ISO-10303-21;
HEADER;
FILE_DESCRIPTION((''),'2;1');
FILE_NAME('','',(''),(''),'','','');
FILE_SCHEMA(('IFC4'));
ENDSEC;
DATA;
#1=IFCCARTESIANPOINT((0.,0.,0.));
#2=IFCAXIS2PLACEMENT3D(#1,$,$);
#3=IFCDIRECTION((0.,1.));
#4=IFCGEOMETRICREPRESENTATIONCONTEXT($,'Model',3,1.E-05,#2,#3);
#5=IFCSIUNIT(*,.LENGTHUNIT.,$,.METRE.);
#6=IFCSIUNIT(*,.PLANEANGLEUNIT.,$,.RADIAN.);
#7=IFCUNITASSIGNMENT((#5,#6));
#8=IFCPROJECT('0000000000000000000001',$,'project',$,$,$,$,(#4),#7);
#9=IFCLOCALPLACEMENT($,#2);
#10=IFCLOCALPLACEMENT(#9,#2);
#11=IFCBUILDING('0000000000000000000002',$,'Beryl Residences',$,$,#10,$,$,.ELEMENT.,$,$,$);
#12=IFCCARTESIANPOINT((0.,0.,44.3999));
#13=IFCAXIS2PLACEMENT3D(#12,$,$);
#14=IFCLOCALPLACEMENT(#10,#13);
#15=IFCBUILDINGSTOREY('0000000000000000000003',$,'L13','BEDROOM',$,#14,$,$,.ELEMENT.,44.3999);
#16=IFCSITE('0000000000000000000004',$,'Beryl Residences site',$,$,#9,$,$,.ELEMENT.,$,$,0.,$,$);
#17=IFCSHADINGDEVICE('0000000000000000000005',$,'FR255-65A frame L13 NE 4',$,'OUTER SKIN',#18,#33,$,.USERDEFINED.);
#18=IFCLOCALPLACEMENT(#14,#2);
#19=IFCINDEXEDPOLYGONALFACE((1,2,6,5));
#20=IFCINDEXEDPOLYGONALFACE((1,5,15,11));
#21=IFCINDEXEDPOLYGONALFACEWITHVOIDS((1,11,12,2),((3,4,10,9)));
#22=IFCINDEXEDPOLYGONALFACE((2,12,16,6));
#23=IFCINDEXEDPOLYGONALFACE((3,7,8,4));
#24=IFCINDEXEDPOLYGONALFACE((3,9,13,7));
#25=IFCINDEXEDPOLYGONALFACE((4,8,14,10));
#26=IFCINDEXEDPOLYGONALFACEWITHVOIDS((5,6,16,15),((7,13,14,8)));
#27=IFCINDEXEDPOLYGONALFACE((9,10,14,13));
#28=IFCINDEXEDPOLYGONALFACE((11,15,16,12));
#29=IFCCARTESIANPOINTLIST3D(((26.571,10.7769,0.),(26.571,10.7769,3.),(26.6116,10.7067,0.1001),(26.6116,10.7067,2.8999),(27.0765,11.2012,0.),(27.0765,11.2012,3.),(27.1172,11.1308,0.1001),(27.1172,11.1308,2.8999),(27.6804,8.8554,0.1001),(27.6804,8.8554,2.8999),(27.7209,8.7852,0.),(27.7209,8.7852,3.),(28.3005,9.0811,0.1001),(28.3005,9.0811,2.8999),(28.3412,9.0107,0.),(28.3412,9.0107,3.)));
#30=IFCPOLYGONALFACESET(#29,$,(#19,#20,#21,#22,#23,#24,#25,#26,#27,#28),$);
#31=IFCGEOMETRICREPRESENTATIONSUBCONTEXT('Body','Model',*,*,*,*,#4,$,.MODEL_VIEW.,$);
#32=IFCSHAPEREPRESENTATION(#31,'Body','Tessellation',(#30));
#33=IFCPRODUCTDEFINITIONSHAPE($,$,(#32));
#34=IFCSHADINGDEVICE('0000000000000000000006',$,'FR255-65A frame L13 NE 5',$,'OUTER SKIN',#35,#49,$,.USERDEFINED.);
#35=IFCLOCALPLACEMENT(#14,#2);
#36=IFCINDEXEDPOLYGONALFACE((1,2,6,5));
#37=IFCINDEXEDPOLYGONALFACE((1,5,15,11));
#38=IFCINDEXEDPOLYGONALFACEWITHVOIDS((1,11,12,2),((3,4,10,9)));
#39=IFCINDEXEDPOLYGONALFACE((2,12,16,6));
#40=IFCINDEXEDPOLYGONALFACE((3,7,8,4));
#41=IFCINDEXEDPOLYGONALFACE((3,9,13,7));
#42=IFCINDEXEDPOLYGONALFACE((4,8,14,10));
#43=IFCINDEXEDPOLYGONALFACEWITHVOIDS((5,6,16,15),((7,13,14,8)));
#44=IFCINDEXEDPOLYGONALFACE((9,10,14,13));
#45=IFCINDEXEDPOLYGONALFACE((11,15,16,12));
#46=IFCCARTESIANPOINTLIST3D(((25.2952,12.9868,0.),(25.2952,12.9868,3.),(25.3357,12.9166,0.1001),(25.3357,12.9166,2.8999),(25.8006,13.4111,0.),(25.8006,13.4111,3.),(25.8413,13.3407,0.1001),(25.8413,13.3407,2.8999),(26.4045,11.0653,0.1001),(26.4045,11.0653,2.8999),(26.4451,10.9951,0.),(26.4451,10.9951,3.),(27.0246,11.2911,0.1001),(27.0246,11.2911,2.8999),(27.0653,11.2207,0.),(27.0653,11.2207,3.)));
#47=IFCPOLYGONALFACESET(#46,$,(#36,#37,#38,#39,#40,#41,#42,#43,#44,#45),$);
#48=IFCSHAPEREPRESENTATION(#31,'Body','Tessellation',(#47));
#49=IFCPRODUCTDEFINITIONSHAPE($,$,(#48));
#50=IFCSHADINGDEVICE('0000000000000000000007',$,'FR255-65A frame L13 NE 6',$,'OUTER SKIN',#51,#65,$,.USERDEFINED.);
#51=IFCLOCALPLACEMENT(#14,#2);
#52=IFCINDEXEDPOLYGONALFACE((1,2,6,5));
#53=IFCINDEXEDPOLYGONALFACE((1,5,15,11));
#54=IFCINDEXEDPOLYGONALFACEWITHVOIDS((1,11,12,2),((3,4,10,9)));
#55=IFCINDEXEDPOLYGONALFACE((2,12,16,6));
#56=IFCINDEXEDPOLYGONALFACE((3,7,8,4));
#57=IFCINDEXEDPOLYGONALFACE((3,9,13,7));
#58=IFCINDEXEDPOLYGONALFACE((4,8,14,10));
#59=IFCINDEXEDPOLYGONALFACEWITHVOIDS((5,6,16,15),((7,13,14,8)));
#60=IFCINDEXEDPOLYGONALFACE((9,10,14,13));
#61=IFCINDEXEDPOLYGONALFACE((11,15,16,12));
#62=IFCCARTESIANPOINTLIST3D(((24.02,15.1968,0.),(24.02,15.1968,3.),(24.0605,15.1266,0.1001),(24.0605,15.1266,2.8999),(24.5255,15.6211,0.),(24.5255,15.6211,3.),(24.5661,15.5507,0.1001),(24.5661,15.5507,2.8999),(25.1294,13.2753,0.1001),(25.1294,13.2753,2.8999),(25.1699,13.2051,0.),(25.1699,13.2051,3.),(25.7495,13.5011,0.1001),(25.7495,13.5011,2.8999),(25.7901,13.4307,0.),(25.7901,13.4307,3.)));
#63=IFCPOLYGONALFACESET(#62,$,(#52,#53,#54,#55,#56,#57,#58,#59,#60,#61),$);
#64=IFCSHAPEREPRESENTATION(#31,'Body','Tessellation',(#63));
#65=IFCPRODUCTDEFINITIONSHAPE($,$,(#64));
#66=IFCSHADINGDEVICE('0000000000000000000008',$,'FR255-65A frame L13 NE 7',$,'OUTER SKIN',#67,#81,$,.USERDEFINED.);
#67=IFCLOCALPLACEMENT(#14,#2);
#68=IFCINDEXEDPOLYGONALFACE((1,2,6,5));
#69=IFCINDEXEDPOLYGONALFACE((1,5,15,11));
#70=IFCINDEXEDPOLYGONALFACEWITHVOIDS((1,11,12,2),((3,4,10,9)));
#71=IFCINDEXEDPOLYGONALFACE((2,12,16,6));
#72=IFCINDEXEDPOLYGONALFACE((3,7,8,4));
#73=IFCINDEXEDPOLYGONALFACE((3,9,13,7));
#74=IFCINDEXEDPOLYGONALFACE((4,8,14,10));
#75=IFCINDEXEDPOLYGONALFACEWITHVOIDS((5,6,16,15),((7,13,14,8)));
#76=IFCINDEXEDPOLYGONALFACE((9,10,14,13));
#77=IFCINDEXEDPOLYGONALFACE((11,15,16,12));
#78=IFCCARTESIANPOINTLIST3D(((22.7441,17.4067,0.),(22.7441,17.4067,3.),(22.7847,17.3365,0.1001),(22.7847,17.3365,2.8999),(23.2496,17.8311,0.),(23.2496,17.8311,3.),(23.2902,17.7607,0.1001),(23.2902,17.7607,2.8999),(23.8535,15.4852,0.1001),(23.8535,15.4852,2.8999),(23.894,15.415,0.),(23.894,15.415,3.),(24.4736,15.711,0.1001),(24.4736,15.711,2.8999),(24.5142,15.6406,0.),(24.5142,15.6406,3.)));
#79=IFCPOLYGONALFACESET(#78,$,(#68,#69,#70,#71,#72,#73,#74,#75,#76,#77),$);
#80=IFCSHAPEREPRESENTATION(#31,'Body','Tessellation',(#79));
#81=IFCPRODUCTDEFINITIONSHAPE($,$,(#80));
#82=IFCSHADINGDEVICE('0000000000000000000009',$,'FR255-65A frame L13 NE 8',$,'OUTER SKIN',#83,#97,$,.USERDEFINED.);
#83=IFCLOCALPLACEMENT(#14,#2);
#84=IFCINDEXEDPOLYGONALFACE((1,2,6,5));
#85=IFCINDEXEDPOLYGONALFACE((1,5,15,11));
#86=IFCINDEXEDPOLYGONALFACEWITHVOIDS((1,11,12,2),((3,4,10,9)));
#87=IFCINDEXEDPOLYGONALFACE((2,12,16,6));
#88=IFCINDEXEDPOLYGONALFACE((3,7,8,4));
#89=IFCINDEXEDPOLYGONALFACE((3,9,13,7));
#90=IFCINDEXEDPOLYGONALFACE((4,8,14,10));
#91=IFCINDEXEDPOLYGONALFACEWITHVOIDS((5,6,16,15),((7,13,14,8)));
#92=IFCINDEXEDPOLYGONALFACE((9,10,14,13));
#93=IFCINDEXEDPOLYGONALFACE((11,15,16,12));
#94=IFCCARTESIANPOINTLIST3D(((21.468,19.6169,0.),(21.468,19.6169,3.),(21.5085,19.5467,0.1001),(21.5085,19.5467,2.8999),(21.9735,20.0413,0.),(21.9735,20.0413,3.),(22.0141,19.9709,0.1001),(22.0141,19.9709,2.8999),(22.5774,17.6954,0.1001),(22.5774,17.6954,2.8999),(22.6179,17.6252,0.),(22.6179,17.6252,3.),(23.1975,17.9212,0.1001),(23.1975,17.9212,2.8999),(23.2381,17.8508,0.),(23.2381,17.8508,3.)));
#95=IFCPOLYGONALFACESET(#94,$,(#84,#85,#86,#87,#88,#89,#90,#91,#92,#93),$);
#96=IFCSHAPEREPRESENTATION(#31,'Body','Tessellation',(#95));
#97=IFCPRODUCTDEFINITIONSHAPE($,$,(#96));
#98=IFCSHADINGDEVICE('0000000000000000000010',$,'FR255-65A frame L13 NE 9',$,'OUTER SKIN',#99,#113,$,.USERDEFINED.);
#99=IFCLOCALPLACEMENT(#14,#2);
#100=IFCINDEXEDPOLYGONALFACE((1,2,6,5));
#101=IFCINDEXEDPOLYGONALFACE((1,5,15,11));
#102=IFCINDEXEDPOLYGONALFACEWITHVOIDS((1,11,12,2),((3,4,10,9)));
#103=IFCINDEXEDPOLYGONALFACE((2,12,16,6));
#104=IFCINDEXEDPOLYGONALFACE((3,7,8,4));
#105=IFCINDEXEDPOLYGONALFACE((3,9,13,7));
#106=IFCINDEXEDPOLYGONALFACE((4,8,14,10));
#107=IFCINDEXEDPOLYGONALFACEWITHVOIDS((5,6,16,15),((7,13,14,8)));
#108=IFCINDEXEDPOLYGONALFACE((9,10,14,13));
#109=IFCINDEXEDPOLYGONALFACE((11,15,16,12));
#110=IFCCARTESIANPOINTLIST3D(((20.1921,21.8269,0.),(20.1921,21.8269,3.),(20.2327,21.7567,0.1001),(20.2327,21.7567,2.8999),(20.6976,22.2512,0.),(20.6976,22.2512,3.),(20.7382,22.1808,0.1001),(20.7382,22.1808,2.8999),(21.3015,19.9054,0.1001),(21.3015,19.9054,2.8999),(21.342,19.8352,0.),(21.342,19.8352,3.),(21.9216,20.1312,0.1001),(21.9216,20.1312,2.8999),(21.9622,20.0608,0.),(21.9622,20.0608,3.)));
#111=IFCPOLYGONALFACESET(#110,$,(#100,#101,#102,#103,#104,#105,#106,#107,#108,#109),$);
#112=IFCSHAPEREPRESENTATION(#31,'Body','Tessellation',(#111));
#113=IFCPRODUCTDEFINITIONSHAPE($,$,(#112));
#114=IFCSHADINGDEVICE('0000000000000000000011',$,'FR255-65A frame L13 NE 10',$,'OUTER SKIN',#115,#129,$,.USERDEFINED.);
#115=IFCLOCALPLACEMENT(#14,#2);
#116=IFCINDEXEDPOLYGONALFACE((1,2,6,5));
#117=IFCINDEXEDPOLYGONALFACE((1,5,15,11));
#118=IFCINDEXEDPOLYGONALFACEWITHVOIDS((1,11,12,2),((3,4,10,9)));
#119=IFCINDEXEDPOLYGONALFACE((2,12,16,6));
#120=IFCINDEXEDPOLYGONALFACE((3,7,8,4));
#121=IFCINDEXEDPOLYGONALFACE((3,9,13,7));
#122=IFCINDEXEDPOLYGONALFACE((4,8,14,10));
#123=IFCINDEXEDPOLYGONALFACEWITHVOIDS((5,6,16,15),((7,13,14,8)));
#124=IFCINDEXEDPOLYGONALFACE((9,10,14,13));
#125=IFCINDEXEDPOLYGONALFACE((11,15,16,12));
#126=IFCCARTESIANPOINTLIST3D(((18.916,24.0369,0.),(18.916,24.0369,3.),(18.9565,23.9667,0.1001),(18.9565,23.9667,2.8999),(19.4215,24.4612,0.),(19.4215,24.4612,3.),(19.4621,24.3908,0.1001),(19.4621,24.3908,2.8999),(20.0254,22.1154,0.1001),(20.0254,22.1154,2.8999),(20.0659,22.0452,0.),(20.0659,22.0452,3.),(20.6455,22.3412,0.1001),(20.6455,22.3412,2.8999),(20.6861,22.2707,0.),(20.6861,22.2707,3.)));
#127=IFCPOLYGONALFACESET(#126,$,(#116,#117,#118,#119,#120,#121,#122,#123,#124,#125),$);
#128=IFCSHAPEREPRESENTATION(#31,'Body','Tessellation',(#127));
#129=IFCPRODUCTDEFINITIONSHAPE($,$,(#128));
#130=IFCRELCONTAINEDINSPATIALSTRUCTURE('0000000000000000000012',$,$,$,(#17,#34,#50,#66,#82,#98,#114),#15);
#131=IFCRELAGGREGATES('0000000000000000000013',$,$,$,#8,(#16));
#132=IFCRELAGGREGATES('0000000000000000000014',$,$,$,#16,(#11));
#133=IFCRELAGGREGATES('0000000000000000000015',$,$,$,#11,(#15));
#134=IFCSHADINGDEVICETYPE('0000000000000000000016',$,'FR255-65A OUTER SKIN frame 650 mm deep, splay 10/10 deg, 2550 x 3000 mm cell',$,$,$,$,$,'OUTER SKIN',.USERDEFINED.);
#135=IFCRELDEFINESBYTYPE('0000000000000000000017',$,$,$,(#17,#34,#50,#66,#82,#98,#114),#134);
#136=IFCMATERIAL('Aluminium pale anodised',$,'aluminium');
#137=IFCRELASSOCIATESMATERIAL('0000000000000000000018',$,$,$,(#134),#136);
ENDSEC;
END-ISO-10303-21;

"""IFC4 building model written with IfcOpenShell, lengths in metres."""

from ifc_helpers import new_model, entity, si_unit, direction, frame, origin, place, context, subcontext, project, spatial, source, transform, mapped, material, type_object, type_shapes, element, save


model = new_model("IFC4")

# Units and contexts
model_context = context("Model", 3, precision=1e-05, world=origin(), true_north=direction((0.0, 1.0)))
body_context = subcontext(model_context, "Body", "Model", "MODEL_VIEW")
ifc_project = project(units=[si_unit("LENGTHUNIT", "METRE"), si_unit("PLANEANGLEUNIT", "RADIAN")], contexts=[model_context])

# Site, building, storey
site_placement = place(None, origin())
site = spatial("IfcSite", under=ifc_project, at=site_placement, Name="Beryl Residences site", CompositionType="ELEMENT", RefElevation=0.0)
building_placement = place(site_placement, origin())
building = spatial("IfcBuilding", under=site, at=building_placement, Name="Beryl Residences", CompositionType="ELEMENT")
storey_placement = place(building_placement, frame((0.0, 0.0, 44.3999)))
storey = spatial("IfcBuildingStorey", under=building, at=storey_placement, Name="L13", Description="BEDROOM", CompositionType="ELEMENT", Elevation=44.3999)

# Shading devices
ifc_material_1 = material(Name="Aluminium pale anodised", Category="aluminium")
shading_device_type_1 = type_object("IfcShadingDeviceType", Name="FR255-65A OUTER SKIN frame 650 mm deep, splay 10/10 deg, 2550 x 3000 mm cell", ElementType="OUTER SKIN", PredefinedType="USERDEFINED", material=ifc_material_1)
cartesian_point_1 = entity("IfcCartesianPoint", [-1.1499, 0.0])
cartesian_point_2 = entity("IfcCartesianPoint", [-1.0688, 0.1001])
cartesian_point_3 = entity("IfcCartesianPoint", [-1.2646, 0.0])
cartesian_point_4 = entity("IfcCartesianPoint", [-1.1833, 0.1001])
shared_shape_1 = source(origin(), body_context, "Body", "SweptSolid", [
    entity("IfcExtrudedAreaSolidTapered", entity("IfcArbitraryProfileDefWithVoids", "AREA", None, entity("IfcPolyline", [cartesian_point_1, entity("IfcCartesianPoint", [1.1499, 0.0]), entity("IfcCartesianPoint", [1.1499, 3.0]), entity("IfcCartesianPoint", [-1.1499, 3.0]), cartesian_point_1]), [entity("IfcPolyline", [cartesian_point_2, entity("IfcCartesianPoint", [1.0688, 0.1001]), entity("IfcCartesianPoint", [1.0688, 2.8999]), entity("IfcCartesianPoint", [-1.0688, 2.8999]), cartesian_point_2])]), entity("IfcAxis2Placement3D", entity("IfcCartesianPoint", [0.0, 0.0, 0.0]), entity("IfcDirection", [0.0, 1.0, 0.0]), entity("IfcDirection", [-1.0, 0.0, 0.0])), entity("IfcDirection", [0.0, 0.0, 1.0]), 0.6499, entity("IfcArbitraryProfileDefWithVoids", "AREA", None, entity("IfcPolyline", [cartesian_point_3, entity("IfcCartesianPoint", [1.2646, 0.0]), entity("IfcCartesianPoint", [1.2646, 3.0]), entity("IfcCartesianPoint", [-1.2646, 3.0]), cartesian_point_3]), [entity("IfcPolyline", [cartesian_point_4, entity("IfcCartesianPoint", [1.1833, 0.1001]), entity("IfcCartesianPoint", [1.1833, 2.8999]), entity("IfcCartesianPoint", [-1.1833, 2.8999]), cartesian_point_4])])),
])
type_shapes(shading_device_type_1, [shared_shape_1])
for number, where, z_axis, x_axis, name in (
    (1, (27.146, 9.781, 0.0), (0.0, 0.0, 1.0), (0.5, -0.866025, 0.0), "FR255-65A frame L13 NE 4"),
    (2, (25.8701, 11.991, 0.0), (0.0, 0.0, 1.0), (0.5, -0.866025, 0.0), "FR255-65A frame L13 NE 5"),
    (3, (24.595, 14.2009, 0.0), (0.0, 0.0, 1.0), (0.5, -0.866025, 0.0), "FR255-65A frame L13 NE 6"),
    (4, (23.3191, 16.4109, 0.0), (0.0, 0.0, 1.0), (0.5, -0.866025, 0.0), "FR255-65A frame L13 NE 7"),
    (5, (22.043, 18.6211, 0.0), (0.0, 0.0, 1.0), (0.5, -0.866025, 0.0), "FR255-65A frame L13 NE 8"),
    (6, (20.7671, 20.8311, 0.0), (0.0, 0.0, 1.0), (0.5, -0.866025, 0.0), "FR255-65A frame L13 NE 9"),
    (7, (19.491, 23.041, 0.0), (0.0, 0.0, 1.0), (0.5, -0.866025, 0.0), "FR255-65A frame L13 NE 10"),
):
    element("IfcShadingDevice", number, at=place(storey_placement, frame(where, z_axis=z_axis, x_axis=x_axis)), inside=storey, type_object=shading_device_type_1, Name=name, ObjectType="OUTER SKIN", PredefinedType="USERDEFINED", context=body_context, shape_type="MappedRepresentation", body=[
        mapped(shared_shape_1, transform((0.0, 0.0, 0.0))),
    ])

save(model, "model.ifc")
